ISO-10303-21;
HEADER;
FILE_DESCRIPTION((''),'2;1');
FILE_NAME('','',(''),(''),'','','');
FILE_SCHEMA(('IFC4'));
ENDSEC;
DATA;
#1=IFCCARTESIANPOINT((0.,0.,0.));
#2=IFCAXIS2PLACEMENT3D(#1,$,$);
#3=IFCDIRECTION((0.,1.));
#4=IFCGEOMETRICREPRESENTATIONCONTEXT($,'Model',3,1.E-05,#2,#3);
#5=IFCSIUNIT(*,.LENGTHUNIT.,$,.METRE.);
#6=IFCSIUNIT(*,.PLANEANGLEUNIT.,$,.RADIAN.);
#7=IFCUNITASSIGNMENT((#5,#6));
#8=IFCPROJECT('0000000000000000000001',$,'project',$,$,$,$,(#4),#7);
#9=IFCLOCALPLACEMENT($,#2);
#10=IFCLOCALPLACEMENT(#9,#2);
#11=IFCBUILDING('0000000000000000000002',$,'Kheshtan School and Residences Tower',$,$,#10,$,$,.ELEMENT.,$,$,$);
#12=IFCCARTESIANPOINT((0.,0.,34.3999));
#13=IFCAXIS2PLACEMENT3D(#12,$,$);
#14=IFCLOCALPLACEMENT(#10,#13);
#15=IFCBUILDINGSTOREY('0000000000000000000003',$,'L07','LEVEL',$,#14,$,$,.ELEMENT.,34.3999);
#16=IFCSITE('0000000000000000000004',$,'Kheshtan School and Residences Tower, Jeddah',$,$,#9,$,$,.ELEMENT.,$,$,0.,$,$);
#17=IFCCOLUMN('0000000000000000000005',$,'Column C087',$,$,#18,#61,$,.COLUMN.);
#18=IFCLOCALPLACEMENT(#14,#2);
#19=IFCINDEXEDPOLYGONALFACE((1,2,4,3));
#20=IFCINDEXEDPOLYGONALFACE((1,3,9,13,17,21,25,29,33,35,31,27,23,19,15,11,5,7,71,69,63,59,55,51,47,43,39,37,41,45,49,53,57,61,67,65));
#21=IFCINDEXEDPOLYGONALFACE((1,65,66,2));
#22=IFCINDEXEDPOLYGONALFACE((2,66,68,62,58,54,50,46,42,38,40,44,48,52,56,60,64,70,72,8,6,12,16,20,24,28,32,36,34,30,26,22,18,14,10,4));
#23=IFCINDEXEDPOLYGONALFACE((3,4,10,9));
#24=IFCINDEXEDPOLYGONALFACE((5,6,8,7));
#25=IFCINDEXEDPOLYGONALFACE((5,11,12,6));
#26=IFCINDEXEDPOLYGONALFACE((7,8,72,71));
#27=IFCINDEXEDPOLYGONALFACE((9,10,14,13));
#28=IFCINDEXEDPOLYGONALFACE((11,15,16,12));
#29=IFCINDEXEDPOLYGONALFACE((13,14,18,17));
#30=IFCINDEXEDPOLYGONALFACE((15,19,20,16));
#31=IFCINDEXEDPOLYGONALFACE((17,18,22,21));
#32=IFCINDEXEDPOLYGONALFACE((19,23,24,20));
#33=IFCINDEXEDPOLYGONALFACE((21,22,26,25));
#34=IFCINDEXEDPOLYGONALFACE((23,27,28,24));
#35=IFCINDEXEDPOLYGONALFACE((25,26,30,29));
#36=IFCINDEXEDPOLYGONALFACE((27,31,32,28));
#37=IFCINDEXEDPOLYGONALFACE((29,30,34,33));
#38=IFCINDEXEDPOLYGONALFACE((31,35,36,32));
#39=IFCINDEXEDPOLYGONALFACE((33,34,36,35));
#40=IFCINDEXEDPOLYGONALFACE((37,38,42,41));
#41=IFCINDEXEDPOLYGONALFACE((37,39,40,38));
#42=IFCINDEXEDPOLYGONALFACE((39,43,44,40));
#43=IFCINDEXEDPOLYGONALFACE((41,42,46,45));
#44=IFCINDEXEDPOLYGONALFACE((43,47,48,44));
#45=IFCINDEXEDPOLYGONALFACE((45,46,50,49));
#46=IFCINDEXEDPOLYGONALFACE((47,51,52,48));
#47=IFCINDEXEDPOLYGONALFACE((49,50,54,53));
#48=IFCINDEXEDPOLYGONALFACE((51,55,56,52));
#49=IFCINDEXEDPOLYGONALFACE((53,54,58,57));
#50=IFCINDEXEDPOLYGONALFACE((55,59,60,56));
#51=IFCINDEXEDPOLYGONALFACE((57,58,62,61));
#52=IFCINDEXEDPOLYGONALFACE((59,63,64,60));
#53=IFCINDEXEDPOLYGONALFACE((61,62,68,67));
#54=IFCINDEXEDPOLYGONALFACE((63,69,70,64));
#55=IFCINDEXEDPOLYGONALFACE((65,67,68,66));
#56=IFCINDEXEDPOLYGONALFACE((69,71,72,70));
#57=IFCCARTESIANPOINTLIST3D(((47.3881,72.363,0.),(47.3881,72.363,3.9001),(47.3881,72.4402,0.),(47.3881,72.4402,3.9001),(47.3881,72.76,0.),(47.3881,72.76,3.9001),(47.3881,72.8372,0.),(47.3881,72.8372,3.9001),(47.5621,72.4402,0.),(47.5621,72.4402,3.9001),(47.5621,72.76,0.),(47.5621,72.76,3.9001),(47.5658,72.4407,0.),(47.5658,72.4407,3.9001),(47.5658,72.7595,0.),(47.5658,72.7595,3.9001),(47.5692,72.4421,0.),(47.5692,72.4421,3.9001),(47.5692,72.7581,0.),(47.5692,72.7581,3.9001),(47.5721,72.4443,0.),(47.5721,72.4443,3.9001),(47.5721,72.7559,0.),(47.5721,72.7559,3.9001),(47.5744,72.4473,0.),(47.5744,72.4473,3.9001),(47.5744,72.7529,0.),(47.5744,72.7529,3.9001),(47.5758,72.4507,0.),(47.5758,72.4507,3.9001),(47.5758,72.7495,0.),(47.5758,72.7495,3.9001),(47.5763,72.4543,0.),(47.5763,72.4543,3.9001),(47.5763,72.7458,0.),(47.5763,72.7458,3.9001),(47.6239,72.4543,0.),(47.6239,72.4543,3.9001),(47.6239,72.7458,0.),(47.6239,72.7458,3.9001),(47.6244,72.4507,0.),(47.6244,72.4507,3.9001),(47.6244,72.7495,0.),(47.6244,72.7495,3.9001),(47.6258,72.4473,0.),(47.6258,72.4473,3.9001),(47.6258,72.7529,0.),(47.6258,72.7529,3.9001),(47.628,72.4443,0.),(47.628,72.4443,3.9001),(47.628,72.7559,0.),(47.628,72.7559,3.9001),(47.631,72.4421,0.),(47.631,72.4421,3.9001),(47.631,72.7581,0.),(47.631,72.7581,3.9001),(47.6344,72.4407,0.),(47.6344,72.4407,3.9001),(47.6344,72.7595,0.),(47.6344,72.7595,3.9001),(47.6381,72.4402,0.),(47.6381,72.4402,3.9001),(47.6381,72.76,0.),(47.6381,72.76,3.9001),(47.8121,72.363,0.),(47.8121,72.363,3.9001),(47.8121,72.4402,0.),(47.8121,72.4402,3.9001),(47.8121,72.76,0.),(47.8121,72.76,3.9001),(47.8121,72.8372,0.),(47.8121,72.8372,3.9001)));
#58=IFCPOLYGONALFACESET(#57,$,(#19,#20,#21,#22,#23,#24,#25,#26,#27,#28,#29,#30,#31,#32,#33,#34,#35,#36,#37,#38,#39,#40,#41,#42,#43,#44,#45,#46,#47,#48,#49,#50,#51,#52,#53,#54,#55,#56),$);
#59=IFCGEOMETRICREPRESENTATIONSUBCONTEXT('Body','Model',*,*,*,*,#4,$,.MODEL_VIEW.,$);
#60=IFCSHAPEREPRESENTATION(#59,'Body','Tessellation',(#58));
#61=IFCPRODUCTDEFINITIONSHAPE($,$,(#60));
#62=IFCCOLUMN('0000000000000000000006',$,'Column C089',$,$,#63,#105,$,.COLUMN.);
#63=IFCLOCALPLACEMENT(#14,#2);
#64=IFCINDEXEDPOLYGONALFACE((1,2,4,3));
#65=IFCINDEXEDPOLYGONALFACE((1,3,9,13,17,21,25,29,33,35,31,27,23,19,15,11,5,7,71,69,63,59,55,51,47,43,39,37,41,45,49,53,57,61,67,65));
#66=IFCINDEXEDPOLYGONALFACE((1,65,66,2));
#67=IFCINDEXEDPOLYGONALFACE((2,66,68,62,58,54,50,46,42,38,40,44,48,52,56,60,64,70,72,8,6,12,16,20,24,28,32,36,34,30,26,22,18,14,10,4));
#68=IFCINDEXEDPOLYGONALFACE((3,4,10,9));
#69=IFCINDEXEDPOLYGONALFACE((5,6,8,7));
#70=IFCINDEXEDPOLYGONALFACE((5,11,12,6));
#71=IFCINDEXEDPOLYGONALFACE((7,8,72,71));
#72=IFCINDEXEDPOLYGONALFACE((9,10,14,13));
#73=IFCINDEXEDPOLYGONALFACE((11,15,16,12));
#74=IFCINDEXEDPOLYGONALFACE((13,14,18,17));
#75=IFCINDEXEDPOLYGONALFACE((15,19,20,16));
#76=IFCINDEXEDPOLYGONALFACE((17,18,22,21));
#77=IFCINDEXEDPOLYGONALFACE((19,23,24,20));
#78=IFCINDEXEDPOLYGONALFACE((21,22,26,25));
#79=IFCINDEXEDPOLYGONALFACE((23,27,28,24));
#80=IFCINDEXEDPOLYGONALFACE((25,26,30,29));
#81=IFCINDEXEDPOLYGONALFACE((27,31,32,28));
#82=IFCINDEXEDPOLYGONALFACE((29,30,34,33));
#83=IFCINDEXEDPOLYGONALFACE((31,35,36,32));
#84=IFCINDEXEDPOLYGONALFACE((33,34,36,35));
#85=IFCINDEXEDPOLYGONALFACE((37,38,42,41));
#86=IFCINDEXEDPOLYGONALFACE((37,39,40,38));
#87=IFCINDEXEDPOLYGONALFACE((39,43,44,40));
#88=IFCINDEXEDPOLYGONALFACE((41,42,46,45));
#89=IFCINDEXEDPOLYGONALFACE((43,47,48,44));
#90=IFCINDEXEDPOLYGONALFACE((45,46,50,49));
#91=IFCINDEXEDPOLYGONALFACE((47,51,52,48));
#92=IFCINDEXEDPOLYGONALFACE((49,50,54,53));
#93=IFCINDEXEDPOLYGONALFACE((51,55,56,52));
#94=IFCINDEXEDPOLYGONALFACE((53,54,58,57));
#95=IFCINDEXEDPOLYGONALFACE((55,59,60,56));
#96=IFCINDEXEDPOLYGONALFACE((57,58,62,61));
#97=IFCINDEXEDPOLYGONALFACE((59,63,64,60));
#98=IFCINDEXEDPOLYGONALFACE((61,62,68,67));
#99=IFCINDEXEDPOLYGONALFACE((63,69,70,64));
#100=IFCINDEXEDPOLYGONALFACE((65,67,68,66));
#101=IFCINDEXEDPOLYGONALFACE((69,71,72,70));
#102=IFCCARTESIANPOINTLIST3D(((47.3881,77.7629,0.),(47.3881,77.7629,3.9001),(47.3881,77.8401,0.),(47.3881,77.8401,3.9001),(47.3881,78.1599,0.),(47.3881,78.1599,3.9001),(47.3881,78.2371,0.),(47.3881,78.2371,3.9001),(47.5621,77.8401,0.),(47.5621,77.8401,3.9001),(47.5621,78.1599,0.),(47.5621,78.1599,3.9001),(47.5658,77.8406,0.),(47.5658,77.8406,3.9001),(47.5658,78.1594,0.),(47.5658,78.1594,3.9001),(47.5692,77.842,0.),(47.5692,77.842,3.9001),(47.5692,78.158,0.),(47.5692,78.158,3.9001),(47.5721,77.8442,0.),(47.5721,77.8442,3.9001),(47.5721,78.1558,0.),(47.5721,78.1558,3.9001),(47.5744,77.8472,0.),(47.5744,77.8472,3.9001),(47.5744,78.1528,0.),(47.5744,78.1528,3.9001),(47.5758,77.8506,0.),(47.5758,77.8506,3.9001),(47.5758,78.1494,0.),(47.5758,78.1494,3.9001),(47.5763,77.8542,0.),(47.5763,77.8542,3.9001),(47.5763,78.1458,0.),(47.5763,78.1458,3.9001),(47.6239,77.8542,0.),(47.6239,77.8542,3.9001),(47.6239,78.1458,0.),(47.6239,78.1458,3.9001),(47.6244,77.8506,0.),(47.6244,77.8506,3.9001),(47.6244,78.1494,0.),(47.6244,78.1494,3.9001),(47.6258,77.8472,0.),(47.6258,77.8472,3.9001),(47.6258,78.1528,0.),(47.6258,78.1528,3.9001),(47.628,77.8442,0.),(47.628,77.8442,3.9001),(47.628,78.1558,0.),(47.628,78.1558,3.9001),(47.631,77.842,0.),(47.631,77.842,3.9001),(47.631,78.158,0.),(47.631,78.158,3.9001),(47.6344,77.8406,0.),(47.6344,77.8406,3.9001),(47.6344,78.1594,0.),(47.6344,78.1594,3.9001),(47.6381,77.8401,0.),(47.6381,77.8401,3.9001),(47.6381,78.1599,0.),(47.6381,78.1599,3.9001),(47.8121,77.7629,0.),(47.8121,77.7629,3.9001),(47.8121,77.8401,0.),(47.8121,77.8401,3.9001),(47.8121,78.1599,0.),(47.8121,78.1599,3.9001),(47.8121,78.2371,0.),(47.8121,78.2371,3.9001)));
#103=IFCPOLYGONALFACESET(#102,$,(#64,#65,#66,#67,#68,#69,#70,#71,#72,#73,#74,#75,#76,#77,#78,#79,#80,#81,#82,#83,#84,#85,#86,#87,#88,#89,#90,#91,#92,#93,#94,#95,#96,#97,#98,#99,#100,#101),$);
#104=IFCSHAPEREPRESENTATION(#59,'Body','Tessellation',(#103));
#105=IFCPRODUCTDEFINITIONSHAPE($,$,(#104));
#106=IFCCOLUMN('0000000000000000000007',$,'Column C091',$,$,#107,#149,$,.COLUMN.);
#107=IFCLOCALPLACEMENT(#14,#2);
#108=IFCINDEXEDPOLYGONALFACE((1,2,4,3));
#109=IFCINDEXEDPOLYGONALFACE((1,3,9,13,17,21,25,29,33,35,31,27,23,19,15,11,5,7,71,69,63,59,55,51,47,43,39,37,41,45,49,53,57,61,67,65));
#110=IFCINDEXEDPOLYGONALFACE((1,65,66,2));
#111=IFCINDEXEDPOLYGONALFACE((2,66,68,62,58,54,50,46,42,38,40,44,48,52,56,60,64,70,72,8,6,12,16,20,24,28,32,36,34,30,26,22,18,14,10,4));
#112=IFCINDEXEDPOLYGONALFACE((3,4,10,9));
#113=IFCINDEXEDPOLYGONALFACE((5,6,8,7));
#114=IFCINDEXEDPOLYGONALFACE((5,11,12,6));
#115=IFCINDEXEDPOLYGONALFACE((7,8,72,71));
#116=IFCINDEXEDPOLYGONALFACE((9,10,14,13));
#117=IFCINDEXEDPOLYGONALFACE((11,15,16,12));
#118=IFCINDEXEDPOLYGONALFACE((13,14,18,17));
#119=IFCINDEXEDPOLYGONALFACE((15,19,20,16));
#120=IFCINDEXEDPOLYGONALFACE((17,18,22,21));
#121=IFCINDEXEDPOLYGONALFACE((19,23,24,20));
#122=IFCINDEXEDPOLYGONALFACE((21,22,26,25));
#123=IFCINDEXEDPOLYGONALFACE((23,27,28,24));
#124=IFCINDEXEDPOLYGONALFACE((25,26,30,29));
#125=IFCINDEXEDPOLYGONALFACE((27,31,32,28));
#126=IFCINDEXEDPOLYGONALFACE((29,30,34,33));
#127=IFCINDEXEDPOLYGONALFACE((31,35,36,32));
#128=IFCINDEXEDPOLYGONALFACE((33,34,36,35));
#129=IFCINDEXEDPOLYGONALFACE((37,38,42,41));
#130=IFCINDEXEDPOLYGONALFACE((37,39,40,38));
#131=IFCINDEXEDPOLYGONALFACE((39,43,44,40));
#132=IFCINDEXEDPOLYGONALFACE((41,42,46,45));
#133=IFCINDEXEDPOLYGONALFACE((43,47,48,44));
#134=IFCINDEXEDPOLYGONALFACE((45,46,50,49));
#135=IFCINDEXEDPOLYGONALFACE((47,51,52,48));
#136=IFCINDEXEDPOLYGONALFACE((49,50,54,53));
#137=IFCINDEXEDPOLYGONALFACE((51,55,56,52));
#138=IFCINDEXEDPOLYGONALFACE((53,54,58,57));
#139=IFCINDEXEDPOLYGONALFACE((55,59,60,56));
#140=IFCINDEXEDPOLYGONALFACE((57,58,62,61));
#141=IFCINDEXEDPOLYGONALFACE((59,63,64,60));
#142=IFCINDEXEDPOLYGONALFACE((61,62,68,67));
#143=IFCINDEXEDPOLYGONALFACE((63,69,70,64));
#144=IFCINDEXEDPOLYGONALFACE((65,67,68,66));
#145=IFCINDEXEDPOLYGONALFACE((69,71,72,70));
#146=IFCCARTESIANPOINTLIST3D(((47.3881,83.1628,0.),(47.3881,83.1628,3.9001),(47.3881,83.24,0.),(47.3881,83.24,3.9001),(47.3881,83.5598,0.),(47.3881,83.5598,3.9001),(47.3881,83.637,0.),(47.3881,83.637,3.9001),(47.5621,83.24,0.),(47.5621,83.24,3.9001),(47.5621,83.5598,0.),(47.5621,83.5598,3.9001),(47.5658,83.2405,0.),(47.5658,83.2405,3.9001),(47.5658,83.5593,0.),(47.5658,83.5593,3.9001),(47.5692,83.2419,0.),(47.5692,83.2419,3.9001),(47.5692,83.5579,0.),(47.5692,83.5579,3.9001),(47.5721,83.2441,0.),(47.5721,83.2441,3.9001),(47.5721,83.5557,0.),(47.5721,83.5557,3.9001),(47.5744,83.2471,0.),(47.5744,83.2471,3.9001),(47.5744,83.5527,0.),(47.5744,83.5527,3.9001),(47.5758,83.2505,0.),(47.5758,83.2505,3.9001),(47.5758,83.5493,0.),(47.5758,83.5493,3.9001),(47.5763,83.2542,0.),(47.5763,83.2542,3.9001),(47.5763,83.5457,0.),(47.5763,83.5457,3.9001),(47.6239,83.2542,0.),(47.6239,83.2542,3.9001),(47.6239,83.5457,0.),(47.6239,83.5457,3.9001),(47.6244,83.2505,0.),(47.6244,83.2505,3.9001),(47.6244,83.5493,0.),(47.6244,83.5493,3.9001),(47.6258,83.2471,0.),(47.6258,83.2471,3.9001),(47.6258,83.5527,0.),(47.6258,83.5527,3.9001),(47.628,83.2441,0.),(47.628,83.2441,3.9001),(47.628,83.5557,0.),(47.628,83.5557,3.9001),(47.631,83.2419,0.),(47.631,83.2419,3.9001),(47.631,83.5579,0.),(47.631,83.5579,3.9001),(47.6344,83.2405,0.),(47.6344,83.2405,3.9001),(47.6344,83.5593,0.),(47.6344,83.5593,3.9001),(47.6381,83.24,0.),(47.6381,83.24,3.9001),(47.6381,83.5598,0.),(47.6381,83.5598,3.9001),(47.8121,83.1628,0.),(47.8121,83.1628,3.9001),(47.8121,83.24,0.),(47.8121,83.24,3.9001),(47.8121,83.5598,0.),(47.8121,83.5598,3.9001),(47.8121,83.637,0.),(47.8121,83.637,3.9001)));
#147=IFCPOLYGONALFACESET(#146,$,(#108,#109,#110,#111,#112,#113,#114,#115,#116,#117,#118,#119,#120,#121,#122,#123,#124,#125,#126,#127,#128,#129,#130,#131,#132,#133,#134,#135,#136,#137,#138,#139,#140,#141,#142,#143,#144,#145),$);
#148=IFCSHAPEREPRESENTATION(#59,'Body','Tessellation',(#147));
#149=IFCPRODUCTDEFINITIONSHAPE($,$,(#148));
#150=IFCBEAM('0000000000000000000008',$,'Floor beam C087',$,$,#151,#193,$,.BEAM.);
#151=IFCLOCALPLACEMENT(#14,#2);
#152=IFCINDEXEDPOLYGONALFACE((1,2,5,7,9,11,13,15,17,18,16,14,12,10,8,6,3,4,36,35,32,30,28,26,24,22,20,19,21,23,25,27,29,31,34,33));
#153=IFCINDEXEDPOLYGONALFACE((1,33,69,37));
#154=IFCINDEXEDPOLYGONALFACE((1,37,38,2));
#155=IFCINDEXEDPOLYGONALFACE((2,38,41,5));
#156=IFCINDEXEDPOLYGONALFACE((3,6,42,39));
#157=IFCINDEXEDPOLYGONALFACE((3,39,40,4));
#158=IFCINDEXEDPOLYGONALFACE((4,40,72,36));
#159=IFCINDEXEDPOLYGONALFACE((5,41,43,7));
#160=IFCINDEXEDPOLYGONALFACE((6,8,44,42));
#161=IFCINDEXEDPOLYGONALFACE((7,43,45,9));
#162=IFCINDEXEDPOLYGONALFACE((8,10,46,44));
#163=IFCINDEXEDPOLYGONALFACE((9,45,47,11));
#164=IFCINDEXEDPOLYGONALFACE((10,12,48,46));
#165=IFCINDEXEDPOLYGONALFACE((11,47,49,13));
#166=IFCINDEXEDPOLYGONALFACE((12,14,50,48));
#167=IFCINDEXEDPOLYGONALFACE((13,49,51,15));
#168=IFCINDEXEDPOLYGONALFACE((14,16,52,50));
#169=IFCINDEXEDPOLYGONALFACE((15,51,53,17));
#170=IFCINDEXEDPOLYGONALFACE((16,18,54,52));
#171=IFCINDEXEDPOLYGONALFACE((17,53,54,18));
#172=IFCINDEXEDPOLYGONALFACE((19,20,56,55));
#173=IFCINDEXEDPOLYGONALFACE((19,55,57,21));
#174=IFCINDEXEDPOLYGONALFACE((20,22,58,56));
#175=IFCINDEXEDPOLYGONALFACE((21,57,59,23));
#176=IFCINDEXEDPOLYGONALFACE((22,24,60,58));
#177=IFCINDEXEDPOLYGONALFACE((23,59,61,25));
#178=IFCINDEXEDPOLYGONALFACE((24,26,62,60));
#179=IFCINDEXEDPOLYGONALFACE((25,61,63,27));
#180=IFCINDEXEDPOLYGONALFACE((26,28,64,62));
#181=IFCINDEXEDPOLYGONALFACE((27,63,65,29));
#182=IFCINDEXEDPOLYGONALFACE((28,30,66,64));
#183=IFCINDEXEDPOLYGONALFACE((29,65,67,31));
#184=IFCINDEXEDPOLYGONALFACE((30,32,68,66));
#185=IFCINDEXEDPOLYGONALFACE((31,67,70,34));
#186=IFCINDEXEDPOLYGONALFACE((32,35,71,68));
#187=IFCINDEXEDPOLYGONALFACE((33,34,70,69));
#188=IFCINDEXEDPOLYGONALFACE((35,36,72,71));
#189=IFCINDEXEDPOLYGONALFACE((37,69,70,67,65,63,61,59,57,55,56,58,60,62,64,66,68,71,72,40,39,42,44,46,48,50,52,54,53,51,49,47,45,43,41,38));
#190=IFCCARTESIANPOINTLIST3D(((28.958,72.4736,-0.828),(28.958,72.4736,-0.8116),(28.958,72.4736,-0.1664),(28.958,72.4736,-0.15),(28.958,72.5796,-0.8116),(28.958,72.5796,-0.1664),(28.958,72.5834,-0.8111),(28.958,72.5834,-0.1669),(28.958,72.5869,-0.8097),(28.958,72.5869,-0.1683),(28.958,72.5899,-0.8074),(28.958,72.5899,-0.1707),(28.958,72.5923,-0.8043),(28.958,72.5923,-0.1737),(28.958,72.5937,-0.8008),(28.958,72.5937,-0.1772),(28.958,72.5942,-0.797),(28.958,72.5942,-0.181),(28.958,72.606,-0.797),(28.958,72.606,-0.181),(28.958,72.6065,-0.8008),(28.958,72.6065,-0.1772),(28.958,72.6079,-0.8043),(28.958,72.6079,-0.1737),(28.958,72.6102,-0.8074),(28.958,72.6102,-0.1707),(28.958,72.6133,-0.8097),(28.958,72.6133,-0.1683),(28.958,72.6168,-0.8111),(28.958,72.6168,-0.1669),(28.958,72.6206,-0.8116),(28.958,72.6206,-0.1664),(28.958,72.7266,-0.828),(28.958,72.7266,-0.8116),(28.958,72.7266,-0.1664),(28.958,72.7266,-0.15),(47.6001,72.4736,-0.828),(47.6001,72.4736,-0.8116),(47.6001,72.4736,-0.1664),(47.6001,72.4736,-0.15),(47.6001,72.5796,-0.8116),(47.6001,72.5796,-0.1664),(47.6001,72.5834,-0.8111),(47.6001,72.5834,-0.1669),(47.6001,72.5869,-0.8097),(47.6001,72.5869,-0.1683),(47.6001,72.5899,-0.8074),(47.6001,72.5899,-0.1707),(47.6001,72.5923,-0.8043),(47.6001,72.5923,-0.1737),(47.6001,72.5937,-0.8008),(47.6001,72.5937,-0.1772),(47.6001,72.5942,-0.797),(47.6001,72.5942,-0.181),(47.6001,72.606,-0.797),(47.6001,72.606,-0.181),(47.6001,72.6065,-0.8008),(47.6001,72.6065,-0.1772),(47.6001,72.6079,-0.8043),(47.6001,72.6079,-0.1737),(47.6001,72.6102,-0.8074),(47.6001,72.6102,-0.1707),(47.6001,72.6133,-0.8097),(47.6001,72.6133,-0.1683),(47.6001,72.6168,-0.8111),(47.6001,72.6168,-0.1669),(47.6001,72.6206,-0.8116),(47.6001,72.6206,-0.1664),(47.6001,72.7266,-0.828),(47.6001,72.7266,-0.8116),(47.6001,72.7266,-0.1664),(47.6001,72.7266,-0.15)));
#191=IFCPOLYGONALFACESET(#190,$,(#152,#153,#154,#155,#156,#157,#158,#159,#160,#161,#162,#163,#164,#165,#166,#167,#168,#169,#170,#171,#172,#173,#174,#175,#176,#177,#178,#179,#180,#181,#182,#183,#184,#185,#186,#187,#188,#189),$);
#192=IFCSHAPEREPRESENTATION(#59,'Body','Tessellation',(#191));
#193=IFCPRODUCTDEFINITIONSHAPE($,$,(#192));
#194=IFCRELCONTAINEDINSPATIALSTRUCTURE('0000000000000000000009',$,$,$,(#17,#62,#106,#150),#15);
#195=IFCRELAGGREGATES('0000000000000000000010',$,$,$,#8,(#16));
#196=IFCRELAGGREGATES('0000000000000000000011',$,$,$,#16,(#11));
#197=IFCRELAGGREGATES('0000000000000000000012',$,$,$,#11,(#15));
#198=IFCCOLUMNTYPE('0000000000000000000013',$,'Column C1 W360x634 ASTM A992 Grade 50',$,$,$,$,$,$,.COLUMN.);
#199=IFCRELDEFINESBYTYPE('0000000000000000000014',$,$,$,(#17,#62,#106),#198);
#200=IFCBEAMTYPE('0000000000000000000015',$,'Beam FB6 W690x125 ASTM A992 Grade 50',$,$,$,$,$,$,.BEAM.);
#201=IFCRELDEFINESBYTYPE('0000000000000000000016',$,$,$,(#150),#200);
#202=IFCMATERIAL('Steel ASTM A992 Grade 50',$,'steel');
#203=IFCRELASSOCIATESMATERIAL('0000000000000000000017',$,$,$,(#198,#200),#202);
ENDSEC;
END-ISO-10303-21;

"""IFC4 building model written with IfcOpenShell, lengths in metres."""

from ifc_helpers import new_model, si_unit, direction, frame, origin, origin_2d, place, context, subcontext, project, spatial, i_section, extrude, material, material_profile, profile_set, type_object, element, save


model = new_model("IFC4")

# Units and contexts
model_context = context("Model", 3, precision=1e-05, world=origin(), true_north=direction((0.0, 1.0)))
body_context = subcontext(model_context, "Body", "Model", "MODEL_VIEW")
ifc_project = project(units=[si_unit("LENGTHUNIT", "METRE"), si_unit("PLANEANGLEUNIT", "RADIAN")], contexts=[model_context])

# Site, building, storey
site_placement = place(None, origin())
site = spatial("IfcSite", under=ifc_project, at=site_placement, Name="Kheshtan School and Residences Tower, Jeddah", CompositionType="ELEMENT", RefElevation=0.0)
building_placement = place(site_placement, origin())
building = spatial("IfcBuilding", under=site, at=building_placement, Name="Kheshtan School and Residences Tower", CompositionType="ELEMENT")
storey_placement = place(building_placement, frame((0.0, 0.0, 34.3999)))
storey = spatial("IfcBuildingStorey", under=building, at=storey_placement, Name="L07", Description="LEVEL", CompositionType="ELEMENT", Elevation=34.3999)

# Columns
ifc_material_1 = material(Name="Steel ASTM A992 Grade 50", Category="steel")
ifc_material_profile_1 = material_profile(ifc_material_1, i_section(OverallWidth=0.4241, OverallDepth=0.4741, WebThickness=0.0476, FlangeThickness=0.0771, FilletRadius=0.0142, at=origin_2d()), Name="W360x634")
ifc_profile_set_1 = profile_set([ifc_material_profile_1], Name="Steel ASTM A992 Grade 50")
column_type = type_object("IfcColumnType", Name="Column C1 W360x634 ASTM A992 Grade 50", PredefinedType="COLUMN", material=ifc_profile_set_1)
for number, where, z_axis, x_axis, name in (
    (1, (47.6001, 72.6001, 0.0), (0.0, 0.0, 1.0), (1.0, 0.0, 0.0), "Column C087"),
    (2, (47.6001, 78.0, 0.0), (0.0, 0.0, 1.0), (1.0, 0.0, 0.0), "Column C089"),
    (3, (47.6001, 83.3999, 0.0), (0.0, 0.0, 1.0), (1.0, 0.0, 0.0), "Column C091"),
):
    element("IfcColumn", number, at=place(storey_placement, frame(where, z_axis=z_axis, x_axis=x_axis)), inside=storey, type_object=column_type, Name=name, PredefinedType="COLUMN", context=body_context, shape_type="SweptSolid", body=[
        extrude(i_section(OverallWidth=0.4241, OverallDepth=0.4741, WebThickness=0.0476, FlangeThickness=0.0771, FilletRadius=0.0142, at=origin_2d()), origin(), (0.0, 0.0, 1.0), 3.9001),
    ])

# Beam
ifc_material_profile_2 = material_profile(ifc_material_1, i_section(OverallWidth=0.2529, OverallDepth=0.678, WebThickness=0.0117, FlangeThickness=0.0164, FilletRadius=0.0146, at=origin_2d()), Name="W690x125")
ifc_profile_set_2 = profile_set([ifc_material_profile_2], Name="Steel ASTM A992 Grade 50")
beam_type_1 = type_object("IfcBeamType", Name="Beam FB6 W690x125 ASTM A992 Grade 50", PredefinedType="BEAM", material=ifc_profile_set_2)
beam_1_placement = place(storey_placement, frame((47.6001, 72.6001, -0.489), z_axis=(-1.0, 0.0, 0.0), x_axis=(0.0, -1.0, 0.0)))
element("IfcBeam", 4, at=beam_1_placement, inside=storey, type_object=beam_type_1, Name="Floor beam C087", PredefinedType="BEAM", context=body_context, shape_type="SweptSolid", body=[
    extrude(i_section(OverallWidth=0.2529, OverallDepth=0.678, WebThickness=0.0117, FlangeThickness=0.0164, FilletRadius=0.0146, at=origin_2d()), origin(), (0.0, 0.0, 1.0), 18.6421),
])

save(model, "model.ifc")
